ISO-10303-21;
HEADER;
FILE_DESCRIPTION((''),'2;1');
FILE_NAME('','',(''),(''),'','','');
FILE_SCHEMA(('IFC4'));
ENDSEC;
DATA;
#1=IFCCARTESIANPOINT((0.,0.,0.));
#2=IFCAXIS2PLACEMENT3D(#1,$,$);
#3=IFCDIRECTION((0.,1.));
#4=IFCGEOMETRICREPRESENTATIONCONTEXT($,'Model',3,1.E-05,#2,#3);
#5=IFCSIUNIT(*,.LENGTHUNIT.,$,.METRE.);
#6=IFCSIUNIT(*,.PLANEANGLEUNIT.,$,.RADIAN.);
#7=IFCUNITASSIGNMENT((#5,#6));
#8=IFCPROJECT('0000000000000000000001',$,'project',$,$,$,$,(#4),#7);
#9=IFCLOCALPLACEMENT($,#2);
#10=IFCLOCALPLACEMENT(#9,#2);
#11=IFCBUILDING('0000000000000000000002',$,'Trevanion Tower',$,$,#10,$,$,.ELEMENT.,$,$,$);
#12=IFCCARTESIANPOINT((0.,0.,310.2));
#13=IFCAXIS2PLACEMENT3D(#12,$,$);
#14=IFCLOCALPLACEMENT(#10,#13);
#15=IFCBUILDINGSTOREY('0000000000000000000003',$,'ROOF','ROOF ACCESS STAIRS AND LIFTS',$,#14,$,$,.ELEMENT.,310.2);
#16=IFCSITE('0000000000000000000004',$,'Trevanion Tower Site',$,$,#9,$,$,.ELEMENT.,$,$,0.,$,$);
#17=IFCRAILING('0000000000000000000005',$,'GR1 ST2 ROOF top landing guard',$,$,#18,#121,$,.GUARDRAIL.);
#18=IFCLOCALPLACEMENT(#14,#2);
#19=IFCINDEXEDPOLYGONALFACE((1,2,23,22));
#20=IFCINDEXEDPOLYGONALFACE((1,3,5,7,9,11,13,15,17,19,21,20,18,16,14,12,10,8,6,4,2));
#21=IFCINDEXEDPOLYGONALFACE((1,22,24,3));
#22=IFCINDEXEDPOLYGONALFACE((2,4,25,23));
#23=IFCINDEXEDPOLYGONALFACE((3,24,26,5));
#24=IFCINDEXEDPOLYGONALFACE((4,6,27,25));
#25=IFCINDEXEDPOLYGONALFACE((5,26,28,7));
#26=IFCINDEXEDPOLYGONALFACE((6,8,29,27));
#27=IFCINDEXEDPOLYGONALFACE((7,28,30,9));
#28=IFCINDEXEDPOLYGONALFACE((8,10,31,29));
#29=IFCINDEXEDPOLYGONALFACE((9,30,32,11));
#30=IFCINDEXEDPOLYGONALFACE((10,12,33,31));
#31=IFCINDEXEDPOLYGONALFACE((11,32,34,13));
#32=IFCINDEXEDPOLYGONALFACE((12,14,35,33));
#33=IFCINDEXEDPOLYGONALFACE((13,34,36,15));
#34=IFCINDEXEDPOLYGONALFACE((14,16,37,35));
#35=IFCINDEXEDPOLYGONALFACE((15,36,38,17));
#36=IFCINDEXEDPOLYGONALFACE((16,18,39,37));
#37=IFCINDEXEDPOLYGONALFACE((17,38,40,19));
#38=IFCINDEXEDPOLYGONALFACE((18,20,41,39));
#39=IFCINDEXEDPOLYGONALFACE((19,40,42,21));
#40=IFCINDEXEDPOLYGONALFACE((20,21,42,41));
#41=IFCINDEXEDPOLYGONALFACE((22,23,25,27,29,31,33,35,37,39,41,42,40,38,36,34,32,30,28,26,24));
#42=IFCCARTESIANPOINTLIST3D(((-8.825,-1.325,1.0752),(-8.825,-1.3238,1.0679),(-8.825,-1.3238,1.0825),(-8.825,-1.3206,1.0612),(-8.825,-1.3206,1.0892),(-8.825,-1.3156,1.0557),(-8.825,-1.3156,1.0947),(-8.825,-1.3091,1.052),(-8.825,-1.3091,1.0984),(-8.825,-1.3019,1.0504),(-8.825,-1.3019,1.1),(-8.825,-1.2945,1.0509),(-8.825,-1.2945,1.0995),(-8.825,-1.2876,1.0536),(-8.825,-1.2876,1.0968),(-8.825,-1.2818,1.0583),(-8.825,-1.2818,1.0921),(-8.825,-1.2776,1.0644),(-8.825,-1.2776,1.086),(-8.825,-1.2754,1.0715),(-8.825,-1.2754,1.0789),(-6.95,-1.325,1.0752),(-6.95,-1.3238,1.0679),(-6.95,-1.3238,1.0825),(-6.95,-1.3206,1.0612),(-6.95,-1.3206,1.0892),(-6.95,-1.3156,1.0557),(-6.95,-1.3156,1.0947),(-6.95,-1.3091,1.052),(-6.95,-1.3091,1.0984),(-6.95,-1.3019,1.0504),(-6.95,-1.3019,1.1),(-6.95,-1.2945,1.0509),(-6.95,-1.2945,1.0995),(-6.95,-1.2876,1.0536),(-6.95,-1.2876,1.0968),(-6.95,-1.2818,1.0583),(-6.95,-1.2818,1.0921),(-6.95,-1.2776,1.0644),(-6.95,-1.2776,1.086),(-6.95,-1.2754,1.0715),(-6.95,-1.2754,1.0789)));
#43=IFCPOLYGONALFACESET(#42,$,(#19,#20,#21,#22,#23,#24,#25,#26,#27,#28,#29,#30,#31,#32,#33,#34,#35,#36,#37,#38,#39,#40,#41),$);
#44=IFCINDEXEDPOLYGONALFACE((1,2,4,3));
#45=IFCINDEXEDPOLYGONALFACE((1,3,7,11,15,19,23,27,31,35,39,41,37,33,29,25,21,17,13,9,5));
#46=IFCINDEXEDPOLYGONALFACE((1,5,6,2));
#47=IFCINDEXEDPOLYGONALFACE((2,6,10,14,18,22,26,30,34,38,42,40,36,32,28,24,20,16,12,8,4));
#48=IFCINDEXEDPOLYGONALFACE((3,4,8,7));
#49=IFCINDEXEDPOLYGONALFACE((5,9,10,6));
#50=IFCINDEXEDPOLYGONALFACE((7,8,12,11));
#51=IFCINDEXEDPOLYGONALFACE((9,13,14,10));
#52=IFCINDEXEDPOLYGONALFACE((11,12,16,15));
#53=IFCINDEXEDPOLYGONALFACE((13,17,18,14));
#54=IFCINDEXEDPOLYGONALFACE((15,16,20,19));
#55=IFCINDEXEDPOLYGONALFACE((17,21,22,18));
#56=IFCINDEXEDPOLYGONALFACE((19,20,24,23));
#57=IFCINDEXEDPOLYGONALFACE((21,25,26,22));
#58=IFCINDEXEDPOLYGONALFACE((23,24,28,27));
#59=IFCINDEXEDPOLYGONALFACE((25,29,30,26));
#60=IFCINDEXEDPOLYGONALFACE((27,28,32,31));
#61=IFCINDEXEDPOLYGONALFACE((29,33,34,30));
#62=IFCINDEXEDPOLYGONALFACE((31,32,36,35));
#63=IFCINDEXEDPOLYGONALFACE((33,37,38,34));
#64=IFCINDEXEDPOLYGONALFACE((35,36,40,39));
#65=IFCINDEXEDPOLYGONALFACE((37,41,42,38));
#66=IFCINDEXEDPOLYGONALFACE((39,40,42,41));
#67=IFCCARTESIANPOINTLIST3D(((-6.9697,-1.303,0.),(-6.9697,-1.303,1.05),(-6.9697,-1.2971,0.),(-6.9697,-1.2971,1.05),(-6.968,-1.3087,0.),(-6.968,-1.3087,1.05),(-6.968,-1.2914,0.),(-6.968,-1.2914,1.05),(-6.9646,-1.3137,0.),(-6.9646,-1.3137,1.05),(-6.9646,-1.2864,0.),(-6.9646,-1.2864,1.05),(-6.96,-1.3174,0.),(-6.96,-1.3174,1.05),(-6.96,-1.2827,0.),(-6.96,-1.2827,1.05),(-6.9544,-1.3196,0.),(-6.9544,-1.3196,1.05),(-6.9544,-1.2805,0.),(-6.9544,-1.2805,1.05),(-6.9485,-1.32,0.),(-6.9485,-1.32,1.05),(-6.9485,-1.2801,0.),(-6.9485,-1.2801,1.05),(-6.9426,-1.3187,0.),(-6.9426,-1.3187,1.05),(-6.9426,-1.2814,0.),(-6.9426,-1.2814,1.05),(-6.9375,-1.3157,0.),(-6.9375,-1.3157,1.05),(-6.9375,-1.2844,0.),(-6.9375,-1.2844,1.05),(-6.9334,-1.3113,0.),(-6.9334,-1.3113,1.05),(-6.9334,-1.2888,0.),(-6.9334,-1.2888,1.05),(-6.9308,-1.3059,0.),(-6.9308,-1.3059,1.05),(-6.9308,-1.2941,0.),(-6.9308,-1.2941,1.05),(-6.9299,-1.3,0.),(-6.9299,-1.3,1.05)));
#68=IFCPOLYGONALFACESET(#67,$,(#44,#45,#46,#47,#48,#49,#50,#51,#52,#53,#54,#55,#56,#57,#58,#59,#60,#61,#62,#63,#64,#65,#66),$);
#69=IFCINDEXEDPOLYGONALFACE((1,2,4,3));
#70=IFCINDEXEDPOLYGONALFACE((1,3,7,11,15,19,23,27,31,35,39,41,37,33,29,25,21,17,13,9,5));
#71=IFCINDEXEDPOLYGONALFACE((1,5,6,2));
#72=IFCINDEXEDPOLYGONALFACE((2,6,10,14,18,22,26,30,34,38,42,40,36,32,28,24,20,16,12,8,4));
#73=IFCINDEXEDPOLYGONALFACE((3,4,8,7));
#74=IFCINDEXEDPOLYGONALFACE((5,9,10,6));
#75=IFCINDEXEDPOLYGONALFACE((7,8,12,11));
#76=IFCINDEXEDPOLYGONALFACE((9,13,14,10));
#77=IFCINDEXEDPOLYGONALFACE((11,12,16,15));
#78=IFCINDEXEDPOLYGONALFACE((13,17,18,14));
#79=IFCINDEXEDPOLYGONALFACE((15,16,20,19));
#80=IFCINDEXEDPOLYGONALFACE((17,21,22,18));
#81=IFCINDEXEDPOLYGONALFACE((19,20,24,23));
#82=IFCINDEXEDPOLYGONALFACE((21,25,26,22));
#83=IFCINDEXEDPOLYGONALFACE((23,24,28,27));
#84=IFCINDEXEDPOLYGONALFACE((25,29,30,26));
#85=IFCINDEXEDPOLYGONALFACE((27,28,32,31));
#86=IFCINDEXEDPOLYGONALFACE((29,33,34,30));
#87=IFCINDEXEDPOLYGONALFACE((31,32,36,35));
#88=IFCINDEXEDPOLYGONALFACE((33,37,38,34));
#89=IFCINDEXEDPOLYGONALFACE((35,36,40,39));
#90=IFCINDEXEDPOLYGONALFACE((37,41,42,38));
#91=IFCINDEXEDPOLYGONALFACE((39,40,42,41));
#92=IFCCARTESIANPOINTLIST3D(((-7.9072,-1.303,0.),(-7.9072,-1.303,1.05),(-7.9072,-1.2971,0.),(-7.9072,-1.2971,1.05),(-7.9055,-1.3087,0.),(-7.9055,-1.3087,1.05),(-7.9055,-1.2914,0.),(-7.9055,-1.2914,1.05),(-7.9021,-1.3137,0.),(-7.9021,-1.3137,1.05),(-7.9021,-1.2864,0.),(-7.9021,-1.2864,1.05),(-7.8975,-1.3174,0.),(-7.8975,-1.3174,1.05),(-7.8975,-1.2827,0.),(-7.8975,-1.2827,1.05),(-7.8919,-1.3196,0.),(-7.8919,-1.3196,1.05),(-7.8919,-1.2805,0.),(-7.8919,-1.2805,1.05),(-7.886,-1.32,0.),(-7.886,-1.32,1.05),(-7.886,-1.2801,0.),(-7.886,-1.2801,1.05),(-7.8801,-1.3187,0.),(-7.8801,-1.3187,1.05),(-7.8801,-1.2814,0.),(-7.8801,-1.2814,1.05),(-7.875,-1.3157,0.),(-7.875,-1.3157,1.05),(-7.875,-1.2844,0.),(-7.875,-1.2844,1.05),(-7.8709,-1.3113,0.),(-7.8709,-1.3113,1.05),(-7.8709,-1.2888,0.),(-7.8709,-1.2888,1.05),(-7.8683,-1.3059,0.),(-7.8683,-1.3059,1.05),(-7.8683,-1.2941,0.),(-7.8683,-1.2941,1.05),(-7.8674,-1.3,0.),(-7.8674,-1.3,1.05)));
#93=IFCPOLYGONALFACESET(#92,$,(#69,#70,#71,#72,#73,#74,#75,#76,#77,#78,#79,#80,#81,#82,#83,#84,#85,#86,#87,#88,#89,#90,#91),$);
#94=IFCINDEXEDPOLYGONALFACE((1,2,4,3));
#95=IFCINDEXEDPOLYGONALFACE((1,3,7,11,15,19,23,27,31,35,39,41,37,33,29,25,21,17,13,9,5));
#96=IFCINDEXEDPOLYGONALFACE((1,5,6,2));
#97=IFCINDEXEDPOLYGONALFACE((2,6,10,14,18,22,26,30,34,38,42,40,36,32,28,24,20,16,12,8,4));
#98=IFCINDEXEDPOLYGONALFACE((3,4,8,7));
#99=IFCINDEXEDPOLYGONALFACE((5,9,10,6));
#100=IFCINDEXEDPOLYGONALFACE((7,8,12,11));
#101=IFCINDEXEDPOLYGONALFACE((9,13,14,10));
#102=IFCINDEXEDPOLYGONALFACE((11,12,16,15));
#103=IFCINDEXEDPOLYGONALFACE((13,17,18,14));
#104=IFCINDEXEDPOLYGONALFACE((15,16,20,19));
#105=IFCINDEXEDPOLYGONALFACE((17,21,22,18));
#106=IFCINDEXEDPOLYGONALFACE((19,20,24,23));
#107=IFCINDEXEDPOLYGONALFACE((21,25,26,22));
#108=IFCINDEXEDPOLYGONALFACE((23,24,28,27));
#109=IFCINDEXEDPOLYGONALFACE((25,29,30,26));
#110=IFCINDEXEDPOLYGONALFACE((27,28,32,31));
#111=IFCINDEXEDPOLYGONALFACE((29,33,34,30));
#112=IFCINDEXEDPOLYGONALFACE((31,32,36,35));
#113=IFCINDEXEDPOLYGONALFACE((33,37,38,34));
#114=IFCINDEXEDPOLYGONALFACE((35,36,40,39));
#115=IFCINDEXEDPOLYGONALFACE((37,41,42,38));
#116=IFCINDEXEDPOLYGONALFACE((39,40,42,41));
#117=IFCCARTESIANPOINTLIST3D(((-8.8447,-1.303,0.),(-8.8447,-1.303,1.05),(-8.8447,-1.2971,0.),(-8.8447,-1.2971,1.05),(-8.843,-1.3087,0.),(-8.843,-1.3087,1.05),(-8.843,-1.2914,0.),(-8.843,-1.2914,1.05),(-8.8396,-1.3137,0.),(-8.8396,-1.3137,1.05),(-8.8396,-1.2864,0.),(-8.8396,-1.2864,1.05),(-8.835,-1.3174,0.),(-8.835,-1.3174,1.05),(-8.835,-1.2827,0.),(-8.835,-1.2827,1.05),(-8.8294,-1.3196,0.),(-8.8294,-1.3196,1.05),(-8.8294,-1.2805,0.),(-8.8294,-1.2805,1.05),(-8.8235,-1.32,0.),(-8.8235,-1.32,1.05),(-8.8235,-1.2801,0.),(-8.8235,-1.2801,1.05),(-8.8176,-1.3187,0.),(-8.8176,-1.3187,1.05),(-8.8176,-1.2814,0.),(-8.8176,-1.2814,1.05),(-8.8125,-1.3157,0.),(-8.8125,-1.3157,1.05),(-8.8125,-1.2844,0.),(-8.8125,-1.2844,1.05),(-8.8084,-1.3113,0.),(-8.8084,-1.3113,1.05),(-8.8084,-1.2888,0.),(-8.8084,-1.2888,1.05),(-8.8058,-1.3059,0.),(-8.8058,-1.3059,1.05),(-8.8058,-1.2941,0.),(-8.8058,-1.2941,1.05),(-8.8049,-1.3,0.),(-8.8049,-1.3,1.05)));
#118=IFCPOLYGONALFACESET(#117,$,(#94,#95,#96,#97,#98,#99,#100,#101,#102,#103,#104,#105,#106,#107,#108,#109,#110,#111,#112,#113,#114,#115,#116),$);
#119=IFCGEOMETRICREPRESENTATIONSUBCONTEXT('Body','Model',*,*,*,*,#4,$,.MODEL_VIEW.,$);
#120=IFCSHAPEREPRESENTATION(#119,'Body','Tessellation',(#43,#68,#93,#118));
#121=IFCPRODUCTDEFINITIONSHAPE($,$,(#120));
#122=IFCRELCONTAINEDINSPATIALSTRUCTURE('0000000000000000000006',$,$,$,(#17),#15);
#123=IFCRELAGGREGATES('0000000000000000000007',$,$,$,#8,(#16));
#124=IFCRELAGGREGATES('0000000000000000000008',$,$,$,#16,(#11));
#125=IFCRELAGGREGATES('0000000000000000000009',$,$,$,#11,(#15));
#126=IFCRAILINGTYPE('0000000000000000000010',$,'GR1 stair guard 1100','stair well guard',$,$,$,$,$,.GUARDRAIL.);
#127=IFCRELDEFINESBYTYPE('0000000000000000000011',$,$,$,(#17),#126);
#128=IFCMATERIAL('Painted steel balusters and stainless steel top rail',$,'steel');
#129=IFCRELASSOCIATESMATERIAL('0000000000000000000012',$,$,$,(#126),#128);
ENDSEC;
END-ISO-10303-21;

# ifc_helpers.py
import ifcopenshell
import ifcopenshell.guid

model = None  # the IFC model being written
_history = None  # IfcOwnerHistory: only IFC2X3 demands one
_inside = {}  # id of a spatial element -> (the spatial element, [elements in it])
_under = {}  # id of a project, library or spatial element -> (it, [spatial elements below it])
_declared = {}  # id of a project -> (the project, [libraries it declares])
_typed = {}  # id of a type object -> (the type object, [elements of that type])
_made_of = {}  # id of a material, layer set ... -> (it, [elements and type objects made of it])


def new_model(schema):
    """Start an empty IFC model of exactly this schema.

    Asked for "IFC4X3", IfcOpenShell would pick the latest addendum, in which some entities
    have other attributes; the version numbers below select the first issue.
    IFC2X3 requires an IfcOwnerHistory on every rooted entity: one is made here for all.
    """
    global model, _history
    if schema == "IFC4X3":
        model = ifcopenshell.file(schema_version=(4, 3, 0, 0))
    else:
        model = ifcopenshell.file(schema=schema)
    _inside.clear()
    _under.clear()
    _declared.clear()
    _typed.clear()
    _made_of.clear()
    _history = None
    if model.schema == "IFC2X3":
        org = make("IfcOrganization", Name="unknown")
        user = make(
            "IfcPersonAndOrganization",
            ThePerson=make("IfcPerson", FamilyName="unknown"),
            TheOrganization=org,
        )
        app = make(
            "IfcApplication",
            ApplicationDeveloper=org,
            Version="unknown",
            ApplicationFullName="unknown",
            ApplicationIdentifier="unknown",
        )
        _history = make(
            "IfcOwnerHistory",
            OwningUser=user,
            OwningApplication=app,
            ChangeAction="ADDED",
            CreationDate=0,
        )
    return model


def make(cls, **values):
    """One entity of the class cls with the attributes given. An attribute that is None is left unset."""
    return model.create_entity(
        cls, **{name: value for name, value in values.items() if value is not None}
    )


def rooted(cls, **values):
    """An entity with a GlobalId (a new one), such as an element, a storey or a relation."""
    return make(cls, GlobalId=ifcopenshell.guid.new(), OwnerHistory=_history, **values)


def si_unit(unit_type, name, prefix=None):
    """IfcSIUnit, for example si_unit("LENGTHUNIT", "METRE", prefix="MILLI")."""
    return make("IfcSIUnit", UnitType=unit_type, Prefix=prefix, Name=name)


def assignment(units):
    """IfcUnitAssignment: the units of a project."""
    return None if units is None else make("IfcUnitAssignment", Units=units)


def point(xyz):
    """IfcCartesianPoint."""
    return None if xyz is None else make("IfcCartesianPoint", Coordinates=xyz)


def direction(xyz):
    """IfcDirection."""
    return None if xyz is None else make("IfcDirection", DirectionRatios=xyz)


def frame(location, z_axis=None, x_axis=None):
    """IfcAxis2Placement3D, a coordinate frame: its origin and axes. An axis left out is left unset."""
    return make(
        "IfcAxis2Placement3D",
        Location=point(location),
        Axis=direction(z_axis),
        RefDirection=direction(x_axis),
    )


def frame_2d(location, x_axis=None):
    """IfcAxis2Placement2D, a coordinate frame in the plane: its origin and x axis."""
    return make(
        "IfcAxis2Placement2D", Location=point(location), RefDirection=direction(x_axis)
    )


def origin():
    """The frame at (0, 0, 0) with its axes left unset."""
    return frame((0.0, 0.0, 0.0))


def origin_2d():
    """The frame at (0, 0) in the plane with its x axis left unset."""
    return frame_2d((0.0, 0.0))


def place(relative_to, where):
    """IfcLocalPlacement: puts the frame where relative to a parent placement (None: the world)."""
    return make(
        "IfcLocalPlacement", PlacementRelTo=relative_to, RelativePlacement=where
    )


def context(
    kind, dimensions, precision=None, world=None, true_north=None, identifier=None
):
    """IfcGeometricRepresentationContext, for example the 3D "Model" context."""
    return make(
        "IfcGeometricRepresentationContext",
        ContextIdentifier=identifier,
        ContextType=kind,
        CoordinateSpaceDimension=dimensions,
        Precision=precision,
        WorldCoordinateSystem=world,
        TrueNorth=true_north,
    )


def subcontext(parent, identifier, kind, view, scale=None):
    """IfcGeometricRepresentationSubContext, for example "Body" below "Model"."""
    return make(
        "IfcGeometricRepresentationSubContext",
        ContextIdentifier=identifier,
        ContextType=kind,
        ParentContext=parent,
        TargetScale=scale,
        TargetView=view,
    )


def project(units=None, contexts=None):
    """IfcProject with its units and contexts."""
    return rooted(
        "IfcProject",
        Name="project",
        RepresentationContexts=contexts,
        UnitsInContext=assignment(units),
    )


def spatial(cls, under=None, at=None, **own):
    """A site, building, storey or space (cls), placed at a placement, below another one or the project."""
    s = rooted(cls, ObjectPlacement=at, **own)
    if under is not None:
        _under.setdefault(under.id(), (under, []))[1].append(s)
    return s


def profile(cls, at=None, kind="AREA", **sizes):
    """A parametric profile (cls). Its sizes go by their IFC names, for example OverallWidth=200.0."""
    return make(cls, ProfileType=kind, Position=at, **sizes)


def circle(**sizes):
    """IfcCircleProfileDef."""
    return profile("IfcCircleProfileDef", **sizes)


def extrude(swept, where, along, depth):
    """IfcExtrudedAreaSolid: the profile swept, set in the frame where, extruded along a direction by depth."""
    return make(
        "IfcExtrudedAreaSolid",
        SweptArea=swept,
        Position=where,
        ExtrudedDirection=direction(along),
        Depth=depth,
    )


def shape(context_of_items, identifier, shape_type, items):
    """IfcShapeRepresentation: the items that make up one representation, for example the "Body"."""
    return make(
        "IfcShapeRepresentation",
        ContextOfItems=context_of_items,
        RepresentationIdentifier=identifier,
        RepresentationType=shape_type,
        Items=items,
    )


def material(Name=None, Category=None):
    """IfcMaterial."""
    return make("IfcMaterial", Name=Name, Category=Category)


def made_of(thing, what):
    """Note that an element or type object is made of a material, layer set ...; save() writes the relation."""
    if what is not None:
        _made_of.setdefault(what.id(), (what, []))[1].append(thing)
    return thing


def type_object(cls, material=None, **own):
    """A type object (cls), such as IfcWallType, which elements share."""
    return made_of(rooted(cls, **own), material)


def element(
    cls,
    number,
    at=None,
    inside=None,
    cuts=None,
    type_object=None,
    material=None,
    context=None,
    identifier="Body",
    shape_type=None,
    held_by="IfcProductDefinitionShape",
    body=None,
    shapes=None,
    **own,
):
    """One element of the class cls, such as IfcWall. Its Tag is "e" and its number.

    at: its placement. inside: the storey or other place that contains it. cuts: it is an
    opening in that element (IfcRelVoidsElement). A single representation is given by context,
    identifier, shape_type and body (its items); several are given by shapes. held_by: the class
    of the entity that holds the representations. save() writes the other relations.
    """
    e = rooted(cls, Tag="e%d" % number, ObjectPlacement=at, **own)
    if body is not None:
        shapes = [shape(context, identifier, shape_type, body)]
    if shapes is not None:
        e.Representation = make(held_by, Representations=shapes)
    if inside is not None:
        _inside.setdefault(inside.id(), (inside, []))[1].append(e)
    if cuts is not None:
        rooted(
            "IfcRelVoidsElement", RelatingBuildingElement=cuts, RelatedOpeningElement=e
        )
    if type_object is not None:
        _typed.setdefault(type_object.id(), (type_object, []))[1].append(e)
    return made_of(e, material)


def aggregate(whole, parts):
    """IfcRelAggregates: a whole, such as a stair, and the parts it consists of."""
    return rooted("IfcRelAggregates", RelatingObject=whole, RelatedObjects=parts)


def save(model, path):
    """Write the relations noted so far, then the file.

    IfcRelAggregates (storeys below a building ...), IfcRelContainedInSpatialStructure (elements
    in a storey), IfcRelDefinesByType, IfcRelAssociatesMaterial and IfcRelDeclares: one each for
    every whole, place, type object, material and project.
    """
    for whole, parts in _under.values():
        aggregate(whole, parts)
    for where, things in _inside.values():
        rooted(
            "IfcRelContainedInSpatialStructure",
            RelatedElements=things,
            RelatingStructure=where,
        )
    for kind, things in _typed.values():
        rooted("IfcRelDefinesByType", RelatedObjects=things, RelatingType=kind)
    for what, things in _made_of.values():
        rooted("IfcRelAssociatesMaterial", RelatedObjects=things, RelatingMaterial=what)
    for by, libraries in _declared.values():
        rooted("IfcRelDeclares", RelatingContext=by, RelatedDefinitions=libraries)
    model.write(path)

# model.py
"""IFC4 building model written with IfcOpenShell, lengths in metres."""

from ifc_helpers import new_model, si_unit, direction, frame, origin, origin_2d, place, context, subcontext, project, spatial, circle, extrude, material, type_object, element, save


model = new_model("IFC4")

# Units and contexts
model_context = context("Model", 3, precision=1e-05, world=origin(), true_north=direction((0.0, 1.0)))
body_context = subcontext(model_context, "Body", "Model", "MODEL_VIEW")
ifc_project = project(units=[si_unit("LENGTHUNIT", "METRE"), si_unit("PLANEANGLEUNIT", "RADIAN")], contexts=[model_context])

# Site, building, storey
site_placement = place(None, origin())
site = spatial("IfcSite", under=ifc_project, at=site_placement, Name="Trevanion Tower Site", CompositionType="ELEMENT", RefElevation=0.0)
building_placement = place(site_placement, origin())
building = spatial("IfcBuilding", under=site, at=building_placement, Name="Trevanion Tower", CompositionType="ELEMENT")
storey_placement = place(building_placement, frame((0.0, 0.0, 310.2)))
storey = spatial("IfcBuildingStorey", under=building, at=storey_placement, Name="ROOF", Description="ROOF ACCESS STAIRS AND LIFTS", CompositionType="ELEMENT", Elevation=310.2)

# Railing
ifc_material_1 = material(Name="Painted steel balusters and stainless steel top rail", Category="steel")
railing_type = type_object("IfcRailingType", Name="GR1 stair guard 1100", Description="stair well guard", PredefinedType="GUARDRAIL", material=ifc_material_1)
railing_placement = place(storey_placement, frame((-6.95, -1.3, 0.0)))
element("IfcRailing", 1, at=railing_placement, inside=storey, type_object=railing_type, Name="GR1 ST2 ROOF top landing guard", PredefinedType="GUARDRAIL", context=body_context, shape_type="SweptSolid", body=[
    extrude(circle(Radius=0.0249, at=origin_2d()), frame((0.0, 0.0, 1.0752), z_axis=(-1.0, 0.0, 0.0), x_axis=(0.0, -1.0, 0.0)), (0.0, 0.0, 1.0), 1.875),
    extrude(circle(Radius=0.02, at=origin_2d()), origin(), (0.0, 0.0, 1.0), 1.05),
    extrude(circle(Radius=0.02, at=origin_2d()), frame((-0.9375, 0.0, 0.0)), (0.0, 0.0, 1.0), 1.05),
    extrude(circle(Radius=0.02, at=origin_2d()), frame((-1.875, 0.0, 0.0)), (0.0, 0.0, 1.0), 1.05),
])

save(model, "model.ifc")
